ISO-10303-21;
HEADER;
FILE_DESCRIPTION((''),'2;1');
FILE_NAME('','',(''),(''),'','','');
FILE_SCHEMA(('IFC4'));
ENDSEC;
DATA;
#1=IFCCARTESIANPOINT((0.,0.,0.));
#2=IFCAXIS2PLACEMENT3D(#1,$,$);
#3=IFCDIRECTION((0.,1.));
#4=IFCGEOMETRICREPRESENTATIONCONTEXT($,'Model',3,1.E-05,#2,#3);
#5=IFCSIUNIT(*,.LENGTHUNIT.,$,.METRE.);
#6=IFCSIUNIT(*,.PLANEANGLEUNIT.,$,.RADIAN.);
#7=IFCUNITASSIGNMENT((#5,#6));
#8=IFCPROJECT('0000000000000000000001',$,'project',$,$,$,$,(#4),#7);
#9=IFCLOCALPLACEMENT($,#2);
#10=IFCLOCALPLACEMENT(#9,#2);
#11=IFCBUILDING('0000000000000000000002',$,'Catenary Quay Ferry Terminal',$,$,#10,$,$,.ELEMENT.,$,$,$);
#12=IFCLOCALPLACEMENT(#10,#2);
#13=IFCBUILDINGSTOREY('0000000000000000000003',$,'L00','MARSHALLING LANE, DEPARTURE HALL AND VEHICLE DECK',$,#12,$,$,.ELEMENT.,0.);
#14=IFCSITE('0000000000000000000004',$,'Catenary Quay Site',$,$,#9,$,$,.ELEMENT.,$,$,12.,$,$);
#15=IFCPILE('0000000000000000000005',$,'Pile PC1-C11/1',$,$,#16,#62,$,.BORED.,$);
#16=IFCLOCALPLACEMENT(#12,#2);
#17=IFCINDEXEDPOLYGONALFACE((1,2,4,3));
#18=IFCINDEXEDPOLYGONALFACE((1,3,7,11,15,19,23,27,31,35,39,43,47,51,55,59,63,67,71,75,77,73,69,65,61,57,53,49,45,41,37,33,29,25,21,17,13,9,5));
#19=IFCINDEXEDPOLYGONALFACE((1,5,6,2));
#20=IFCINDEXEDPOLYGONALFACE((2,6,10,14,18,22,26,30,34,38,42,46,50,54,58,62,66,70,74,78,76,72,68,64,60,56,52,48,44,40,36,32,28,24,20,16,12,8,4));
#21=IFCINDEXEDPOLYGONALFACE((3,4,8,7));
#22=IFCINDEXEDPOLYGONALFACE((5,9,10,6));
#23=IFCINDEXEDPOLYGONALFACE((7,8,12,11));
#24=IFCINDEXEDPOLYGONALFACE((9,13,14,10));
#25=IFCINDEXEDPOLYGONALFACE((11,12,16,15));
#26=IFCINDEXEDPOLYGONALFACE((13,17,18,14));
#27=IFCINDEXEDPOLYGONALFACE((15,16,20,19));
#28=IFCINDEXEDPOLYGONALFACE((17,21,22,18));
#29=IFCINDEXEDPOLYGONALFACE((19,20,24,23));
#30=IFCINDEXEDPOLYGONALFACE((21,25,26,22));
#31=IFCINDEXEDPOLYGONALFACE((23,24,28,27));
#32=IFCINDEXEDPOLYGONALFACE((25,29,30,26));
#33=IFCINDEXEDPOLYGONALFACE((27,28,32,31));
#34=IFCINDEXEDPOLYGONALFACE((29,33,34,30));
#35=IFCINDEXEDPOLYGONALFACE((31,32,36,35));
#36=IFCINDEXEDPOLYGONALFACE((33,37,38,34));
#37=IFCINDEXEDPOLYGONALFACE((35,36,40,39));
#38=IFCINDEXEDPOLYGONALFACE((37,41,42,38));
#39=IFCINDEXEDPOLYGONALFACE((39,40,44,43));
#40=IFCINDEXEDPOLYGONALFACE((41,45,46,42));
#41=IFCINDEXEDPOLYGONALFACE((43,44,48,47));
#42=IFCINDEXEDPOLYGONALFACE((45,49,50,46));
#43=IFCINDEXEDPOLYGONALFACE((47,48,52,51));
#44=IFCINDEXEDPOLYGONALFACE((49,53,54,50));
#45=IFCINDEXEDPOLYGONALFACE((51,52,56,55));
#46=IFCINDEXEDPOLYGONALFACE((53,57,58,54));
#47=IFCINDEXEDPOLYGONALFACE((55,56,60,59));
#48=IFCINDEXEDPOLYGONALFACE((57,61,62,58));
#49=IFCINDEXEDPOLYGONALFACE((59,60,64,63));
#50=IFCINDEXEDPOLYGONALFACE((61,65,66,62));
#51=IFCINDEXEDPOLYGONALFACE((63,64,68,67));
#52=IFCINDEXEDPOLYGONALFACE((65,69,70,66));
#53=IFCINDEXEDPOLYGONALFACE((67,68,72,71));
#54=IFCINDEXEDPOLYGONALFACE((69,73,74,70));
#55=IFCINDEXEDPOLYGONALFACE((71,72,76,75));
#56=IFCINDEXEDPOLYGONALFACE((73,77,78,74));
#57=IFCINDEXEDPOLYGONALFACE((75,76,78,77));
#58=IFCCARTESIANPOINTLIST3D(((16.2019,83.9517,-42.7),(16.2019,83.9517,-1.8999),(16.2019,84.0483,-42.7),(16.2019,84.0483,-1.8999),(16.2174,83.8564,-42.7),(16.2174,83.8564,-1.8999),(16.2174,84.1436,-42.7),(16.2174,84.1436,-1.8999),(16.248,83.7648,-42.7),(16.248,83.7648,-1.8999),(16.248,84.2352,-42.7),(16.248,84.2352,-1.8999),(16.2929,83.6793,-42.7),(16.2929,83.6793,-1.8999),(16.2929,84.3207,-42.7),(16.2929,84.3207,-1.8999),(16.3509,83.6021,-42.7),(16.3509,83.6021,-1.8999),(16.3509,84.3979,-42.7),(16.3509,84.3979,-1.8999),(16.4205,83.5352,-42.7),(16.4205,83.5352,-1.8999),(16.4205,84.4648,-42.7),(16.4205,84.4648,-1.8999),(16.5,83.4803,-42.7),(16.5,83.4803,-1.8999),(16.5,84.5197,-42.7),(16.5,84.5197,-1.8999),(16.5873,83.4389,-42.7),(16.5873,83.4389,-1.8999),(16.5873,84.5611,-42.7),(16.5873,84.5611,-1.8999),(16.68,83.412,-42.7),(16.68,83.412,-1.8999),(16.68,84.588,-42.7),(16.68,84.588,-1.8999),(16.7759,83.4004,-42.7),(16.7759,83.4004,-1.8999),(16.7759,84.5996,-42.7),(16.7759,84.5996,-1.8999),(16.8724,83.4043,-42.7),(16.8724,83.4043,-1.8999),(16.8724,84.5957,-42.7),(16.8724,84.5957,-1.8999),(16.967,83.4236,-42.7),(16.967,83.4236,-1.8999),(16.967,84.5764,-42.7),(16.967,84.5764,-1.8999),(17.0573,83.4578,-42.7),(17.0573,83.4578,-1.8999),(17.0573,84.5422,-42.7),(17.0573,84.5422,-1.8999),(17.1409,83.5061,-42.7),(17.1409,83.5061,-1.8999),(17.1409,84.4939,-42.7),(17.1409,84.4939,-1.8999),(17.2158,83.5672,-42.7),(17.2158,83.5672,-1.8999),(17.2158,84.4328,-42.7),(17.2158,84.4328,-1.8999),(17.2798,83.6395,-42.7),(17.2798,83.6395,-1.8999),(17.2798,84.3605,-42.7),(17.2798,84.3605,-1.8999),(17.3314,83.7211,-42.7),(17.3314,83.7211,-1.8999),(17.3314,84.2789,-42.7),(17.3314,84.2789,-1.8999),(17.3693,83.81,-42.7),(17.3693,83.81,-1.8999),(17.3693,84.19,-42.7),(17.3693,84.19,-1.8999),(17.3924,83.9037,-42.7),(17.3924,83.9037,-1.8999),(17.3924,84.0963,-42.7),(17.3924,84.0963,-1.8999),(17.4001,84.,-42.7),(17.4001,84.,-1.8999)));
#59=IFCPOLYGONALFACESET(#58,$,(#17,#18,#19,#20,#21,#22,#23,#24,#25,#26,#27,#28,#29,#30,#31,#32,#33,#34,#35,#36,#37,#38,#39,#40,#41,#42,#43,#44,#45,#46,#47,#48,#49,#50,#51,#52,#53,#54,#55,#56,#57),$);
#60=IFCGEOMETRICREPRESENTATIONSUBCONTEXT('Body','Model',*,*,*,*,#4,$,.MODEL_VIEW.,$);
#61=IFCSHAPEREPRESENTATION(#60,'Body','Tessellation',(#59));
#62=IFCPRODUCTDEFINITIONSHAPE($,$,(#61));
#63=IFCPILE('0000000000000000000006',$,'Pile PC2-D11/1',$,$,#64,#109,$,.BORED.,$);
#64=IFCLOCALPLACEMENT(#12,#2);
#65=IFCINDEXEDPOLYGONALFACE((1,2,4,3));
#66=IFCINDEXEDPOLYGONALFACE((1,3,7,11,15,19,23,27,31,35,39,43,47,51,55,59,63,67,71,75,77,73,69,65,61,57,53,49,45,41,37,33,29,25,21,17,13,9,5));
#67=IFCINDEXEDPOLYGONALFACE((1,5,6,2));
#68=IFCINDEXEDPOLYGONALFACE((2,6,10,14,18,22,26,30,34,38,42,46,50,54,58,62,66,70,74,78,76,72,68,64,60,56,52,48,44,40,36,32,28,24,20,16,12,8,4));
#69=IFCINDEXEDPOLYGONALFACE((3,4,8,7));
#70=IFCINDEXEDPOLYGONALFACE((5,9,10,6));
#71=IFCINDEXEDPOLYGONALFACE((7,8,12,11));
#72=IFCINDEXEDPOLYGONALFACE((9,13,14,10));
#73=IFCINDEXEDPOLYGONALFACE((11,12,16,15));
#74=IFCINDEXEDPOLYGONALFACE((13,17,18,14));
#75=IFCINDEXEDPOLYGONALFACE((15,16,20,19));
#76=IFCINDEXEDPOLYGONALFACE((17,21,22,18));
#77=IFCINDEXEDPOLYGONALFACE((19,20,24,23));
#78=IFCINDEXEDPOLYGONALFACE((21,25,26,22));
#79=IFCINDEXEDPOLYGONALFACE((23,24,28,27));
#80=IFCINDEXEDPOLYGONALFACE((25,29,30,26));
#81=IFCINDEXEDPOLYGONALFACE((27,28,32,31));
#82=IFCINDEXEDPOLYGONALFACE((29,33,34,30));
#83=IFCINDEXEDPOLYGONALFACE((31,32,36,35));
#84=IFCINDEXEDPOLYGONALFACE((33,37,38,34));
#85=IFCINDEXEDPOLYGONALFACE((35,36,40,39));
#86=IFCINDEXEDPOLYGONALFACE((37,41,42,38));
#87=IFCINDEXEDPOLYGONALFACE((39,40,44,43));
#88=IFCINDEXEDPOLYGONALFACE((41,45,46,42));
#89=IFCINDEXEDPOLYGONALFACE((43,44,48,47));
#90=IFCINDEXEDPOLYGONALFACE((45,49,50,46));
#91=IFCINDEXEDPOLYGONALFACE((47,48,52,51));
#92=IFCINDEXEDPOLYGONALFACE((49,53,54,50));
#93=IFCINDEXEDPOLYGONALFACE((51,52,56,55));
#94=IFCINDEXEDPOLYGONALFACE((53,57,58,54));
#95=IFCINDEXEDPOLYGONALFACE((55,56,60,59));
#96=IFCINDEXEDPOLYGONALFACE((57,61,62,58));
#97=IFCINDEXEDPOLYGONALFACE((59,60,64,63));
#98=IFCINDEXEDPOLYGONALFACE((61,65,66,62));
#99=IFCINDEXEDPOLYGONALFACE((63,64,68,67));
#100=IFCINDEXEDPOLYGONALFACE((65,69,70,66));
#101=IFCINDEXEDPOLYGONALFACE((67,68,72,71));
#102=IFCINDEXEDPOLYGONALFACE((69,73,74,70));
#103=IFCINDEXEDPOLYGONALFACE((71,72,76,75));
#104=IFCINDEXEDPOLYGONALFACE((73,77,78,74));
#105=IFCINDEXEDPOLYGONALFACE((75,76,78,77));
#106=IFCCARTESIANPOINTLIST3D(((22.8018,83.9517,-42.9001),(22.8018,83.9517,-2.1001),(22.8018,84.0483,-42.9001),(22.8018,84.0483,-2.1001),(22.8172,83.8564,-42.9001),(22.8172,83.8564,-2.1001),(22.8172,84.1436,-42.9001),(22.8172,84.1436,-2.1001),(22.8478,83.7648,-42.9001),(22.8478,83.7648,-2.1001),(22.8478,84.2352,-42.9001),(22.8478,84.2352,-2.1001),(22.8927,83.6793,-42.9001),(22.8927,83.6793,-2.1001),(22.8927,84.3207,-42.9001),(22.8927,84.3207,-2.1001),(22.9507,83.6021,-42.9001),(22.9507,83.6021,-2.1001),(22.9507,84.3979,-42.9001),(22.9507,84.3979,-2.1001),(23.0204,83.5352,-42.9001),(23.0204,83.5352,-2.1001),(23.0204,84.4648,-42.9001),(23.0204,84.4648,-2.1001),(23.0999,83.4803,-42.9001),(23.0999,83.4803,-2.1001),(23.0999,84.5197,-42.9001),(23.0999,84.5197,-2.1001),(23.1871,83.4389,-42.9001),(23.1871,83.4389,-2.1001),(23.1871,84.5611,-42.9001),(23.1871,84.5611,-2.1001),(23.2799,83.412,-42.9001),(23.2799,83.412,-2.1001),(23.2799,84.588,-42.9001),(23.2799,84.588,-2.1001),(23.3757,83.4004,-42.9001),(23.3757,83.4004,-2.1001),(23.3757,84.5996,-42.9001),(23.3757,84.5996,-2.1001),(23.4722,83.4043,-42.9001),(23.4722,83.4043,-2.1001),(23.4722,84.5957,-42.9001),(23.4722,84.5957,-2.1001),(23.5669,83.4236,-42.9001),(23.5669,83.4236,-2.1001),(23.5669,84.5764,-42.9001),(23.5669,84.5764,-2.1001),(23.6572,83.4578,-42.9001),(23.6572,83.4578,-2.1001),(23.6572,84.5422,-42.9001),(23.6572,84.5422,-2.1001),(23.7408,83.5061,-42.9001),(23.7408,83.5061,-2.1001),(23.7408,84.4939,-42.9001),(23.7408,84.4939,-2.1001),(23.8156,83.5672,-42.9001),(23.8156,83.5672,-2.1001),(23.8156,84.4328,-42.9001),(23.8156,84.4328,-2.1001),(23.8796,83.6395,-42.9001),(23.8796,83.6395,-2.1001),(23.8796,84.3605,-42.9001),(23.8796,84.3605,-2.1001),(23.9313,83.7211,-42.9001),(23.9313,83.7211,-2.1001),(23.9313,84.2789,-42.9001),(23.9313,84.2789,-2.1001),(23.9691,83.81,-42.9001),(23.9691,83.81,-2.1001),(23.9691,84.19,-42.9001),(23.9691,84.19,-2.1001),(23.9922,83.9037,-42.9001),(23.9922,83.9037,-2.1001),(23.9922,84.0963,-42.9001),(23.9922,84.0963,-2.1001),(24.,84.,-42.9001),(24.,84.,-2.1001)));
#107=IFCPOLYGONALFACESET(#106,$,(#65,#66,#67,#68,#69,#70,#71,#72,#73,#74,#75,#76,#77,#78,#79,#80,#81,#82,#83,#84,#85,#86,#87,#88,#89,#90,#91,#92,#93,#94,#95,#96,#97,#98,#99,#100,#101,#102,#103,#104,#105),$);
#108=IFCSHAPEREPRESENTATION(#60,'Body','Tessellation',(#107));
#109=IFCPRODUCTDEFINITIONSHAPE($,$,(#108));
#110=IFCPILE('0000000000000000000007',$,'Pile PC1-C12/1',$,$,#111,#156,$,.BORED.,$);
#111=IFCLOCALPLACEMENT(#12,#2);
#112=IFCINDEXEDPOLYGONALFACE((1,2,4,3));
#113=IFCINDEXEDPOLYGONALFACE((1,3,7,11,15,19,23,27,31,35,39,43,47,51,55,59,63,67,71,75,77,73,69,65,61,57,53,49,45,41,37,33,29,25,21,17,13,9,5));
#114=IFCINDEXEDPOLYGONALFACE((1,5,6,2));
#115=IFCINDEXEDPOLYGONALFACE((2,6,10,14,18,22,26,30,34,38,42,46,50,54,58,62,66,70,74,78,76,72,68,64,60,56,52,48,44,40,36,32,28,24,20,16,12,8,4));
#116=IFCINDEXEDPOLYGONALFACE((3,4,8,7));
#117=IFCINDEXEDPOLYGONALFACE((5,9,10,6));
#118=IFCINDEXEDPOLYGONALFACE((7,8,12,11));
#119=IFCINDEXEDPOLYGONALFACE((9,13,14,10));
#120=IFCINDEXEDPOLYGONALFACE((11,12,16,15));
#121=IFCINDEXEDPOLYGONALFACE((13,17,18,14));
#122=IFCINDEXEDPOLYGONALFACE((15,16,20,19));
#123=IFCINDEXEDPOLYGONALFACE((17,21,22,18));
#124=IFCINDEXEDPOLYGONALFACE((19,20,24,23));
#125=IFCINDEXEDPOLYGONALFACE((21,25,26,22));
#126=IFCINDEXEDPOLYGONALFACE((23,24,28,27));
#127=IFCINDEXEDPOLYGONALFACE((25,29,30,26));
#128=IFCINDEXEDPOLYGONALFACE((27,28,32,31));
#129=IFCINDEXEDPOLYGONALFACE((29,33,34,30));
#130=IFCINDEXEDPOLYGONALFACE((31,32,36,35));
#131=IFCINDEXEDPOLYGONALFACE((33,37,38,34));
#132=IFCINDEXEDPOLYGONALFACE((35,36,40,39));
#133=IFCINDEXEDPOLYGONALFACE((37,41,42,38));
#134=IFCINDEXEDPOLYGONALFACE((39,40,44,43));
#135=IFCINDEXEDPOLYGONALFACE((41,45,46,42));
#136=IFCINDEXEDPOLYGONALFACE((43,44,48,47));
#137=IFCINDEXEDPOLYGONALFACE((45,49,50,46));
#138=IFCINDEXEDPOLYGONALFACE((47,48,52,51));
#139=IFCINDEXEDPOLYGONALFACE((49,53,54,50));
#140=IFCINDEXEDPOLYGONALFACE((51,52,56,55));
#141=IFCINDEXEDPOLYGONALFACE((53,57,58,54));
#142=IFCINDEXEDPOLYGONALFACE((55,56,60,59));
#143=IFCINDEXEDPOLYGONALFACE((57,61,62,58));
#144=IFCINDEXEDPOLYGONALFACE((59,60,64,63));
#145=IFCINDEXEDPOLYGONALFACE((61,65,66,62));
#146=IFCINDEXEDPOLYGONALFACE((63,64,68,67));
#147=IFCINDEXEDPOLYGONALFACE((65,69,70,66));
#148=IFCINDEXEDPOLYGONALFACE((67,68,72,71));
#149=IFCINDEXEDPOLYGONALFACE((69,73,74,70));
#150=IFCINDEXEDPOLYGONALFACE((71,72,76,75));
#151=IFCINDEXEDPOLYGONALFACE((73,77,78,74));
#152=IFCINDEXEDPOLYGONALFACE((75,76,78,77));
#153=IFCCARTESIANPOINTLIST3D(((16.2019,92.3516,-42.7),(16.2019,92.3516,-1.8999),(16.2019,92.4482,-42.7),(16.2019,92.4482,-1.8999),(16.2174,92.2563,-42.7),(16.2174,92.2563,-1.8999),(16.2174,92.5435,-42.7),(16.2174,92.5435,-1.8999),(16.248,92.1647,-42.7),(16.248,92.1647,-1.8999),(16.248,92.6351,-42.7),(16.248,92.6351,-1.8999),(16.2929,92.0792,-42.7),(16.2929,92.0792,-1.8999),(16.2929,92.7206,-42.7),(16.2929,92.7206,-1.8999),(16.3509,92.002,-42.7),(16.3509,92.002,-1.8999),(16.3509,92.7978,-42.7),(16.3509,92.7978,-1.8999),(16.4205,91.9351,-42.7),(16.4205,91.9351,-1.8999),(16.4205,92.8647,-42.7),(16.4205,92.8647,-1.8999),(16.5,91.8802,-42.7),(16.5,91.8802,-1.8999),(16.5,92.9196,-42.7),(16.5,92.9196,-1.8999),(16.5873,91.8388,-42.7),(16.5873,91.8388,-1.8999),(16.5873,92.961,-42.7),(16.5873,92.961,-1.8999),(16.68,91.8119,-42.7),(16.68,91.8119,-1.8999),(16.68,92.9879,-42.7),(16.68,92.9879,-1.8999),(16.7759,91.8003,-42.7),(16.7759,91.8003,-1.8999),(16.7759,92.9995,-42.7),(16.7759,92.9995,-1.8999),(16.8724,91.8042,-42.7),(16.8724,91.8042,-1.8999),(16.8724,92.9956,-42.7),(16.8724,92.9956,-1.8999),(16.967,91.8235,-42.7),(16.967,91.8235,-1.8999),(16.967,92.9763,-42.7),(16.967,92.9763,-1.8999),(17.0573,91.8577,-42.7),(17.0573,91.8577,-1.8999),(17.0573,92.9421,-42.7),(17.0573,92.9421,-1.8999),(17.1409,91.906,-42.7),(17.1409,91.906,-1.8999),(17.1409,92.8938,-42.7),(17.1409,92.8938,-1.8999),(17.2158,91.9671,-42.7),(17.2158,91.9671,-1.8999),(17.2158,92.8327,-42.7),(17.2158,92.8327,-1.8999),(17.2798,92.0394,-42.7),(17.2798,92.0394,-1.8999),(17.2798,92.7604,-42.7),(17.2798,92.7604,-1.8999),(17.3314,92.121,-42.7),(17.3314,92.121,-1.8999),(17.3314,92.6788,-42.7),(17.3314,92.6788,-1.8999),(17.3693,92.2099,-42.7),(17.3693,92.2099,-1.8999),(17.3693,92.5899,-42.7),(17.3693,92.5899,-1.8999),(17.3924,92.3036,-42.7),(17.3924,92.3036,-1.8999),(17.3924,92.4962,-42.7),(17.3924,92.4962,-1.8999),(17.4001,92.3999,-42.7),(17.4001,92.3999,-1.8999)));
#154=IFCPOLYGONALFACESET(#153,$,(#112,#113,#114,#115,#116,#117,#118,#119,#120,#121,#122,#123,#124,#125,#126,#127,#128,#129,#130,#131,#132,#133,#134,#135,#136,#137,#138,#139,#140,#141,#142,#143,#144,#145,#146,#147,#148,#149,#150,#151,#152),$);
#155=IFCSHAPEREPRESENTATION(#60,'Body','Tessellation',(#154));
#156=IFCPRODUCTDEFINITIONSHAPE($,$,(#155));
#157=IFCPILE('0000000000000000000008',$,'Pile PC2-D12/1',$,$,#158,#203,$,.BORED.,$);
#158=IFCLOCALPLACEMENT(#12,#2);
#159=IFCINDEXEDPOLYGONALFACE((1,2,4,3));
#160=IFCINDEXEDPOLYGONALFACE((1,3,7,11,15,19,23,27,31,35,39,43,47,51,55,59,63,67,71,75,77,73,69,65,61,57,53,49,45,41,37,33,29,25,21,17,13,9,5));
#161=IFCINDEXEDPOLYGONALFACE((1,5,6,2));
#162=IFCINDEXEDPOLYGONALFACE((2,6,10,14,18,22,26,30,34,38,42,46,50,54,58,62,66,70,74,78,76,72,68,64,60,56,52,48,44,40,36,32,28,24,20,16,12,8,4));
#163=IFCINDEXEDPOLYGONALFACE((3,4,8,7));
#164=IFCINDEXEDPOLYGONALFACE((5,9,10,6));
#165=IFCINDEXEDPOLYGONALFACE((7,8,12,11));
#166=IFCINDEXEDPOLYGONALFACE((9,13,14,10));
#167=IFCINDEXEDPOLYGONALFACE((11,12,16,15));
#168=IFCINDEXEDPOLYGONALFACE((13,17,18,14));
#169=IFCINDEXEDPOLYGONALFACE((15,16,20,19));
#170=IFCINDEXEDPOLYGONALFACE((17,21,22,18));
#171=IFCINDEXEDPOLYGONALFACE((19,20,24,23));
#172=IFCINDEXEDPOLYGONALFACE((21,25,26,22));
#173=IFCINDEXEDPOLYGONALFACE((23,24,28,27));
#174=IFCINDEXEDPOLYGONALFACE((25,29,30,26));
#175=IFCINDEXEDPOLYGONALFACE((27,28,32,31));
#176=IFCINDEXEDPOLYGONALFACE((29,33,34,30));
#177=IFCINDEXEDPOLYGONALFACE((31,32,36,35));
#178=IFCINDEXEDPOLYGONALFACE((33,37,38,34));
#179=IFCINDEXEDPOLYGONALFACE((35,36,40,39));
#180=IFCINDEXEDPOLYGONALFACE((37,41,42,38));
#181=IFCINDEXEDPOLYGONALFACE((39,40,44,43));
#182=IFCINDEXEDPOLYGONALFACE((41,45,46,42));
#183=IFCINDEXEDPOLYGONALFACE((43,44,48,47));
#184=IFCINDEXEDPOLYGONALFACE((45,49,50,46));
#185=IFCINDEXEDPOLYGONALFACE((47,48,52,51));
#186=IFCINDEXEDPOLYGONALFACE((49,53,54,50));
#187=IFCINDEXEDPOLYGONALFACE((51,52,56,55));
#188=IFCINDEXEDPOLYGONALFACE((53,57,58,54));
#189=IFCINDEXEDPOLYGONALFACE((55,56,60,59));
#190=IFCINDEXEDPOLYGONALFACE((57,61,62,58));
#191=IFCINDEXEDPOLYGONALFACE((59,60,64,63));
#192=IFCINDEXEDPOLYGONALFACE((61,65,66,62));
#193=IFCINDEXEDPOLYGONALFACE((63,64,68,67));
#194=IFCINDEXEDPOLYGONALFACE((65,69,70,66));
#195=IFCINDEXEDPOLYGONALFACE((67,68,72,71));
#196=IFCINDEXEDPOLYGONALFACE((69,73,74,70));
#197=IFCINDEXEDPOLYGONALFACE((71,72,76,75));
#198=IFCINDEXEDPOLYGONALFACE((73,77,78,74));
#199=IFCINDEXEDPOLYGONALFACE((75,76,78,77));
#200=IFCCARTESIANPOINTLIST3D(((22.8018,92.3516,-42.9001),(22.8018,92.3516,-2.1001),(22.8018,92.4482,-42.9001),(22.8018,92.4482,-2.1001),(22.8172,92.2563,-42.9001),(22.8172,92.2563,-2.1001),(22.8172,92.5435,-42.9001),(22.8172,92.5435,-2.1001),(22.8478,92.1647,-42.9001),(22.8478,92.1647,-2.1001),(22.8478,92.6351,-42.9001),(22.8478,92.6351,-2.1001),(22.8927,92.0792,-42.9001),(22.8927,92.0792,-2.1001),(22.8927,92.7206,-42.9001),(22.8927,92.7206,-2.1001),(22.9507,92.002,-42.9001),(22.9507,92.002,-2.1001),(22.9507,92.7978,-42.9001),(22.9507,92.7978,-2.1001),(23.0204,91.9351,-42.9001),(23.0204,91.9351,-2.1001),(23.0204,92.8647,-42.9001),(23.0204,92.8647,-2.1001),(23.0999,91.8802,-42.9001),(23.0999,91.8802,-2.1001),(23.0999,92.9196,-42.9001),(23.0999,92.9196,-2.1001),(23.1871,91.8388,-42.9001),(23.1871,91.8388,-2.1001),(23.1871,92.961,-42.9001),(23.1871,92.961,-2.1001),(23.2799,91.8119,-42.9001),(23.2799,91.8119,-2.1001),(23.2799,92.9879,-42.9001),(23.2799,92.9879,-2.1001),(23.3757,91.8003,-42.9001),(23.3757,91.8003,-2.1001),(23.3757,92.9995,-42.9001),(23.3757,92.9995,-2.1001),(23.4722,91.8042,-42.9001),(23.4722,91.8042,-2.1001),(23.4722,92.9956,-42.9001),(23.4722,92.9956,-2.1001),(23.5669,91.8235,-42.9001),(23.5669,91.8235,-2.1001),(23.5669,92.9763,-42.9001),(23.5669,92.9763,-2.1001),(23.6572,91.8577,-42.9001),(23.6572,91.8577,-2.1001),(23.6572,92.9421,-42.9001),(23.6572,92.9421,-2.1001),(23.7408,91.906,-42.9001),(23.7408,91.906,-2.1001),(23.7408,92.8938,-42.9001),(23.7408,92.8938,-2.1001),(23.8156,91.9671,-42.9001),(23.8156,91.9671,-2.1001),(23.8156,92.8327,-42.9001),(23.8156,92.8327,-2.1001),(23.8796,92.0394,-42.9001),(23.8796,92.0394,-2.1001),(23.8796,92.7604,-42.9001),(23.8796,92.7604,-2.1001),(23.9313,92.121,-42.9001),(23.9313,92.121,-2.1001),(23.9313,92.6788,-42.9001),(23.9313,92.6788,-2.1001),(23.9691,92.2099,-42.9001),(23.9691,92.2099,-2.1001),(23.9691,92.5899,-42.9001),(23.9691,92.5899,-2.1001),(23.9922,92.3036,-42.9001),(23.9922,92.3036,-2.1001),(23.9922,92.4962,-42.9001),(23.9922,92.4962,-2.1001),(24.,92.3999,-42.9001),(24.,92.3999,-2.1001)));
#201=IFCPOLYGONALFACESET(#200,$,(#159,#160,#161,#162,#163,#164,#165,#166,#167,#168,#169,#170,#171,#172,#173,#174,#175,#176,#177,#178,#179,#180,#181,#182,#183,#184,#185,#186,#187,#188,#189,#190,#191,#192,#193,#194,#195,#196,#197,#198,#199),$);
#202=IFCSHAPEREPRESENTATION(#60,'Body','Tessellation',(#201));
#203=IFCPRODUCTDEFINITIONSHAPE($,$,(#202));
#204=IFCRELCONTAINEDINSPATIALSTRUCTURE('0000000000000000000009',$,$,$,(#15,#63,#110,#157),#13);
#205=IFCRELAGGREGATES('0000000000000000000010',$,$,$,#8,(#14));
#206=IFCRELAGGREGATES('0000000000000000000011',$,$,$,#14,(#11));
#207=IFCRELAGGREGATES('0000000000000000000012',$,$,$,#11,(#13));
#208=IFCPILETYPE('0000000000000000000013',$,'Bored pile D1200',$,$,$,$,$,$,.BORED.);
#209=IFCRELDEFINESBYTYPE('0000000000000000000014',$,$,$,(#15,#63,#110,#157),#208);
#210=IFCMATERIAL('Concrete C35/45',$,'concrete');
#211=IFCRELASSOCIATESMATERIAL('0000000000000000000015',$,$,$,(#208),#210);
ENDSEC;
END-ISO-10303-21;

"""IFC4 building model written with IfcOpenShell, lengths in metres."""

from ifc_helpers import new_model, si_unit, direction, frame, origin, origin_2d, place, context, subcontext, project, spatial, circle, extrude, material, material_profile, profile_set, type_object, element, save


model = new_model("IFC4")

# Units and contexts
model_context = context("Model", 3, precision=1e-05, world=origin(), true_north=direction((0.0, 1.0)))
body_context = subcontext(model_context, "Body", "Model", "MODEL_VIEW")
ifc_project = project(units=[si_unit("LENGTHUNIT", "METRE"), si_unit("PLANEANGLEUNIT", "RADIAN")], contexts=[model_context])

# Site, building, storey
site_placement = place(None, origin())
site = spatial("IfcSite", under=ifc_project, at=site_placement, Name="Catenary Quay Site", CompositionType="ELEMENT", RefElevation=12.0)
building_placement = place(site_placement, origin())
building = spatial("IfcBuilding", under=site, at=building_placement, Name="Catenary Quay Ferry Terminal", CompositionType="ELEMENT")
storey_placement = place(building_placement, origin())
storey = spatial("IfcBuildingStorey", under=building, at=storey_placement, Name="L00", Description="MARSHALLING LANE, DEPARTURE HALL AND VEHICLE DECK", CompositionType="ELEMENT", Elevation=0.0)

# Piles
ifc_material_1 = material(Name="Concrete C35/45", Category="concrete")
ifc_material_profile_1 = material_profile(ifc_material_1, circle(Radius=0.6001, at=origin_2d()), Name="D1200")
ifc_profile_set_1 = profile_set([ifc_material_profile_1], Name="Concrete C35/45")
pile_type = type_object("IfcPileType", Name="Bored pile D1200", PredefinedType="BORED", material=ifc_profile_set_1)
for number, where, z_axis, x_axis, name in (
    (1, (16.8, 84.0, -1.8999), (0.0, 0.0, -1.0), (1.0, 0.0, 0.0), "Pile PC1-C11/1"),
    (2, (23.3999, 84.0, -2.1001), (0.0, 0.0, -1.0), (1.0, 0.0, 0.0), "Pile PC2-D11/1"),
    (3, (16.8, 92.3999, -1.8999), (0.0, 0.0, -1.0), (1.0, 0.0, 0.0), "Pile PC1-C12/1"),
    (4, (23.3999, 92.3999, -2.1001), (0.0, 0.0, -1.0), (1.0, 0.0, 0.0), "Pile PC2-D12/1"),
):
    element("IfcPile", number, at=place(storey_placement, frame(where, z_axis=z_axis, x_axis=x_axis)), inside=storey, type_object=pile_type, Name=name, PredefinedType="BORED", context=body_context, shape_type="SweptSolid", body=[
        extrude(circle(Radius=0.6001, at=origin_2d()), origin(), (0.0, 0.0, 1.0), 40.8),
    ])

save(model, "model.ifc")
